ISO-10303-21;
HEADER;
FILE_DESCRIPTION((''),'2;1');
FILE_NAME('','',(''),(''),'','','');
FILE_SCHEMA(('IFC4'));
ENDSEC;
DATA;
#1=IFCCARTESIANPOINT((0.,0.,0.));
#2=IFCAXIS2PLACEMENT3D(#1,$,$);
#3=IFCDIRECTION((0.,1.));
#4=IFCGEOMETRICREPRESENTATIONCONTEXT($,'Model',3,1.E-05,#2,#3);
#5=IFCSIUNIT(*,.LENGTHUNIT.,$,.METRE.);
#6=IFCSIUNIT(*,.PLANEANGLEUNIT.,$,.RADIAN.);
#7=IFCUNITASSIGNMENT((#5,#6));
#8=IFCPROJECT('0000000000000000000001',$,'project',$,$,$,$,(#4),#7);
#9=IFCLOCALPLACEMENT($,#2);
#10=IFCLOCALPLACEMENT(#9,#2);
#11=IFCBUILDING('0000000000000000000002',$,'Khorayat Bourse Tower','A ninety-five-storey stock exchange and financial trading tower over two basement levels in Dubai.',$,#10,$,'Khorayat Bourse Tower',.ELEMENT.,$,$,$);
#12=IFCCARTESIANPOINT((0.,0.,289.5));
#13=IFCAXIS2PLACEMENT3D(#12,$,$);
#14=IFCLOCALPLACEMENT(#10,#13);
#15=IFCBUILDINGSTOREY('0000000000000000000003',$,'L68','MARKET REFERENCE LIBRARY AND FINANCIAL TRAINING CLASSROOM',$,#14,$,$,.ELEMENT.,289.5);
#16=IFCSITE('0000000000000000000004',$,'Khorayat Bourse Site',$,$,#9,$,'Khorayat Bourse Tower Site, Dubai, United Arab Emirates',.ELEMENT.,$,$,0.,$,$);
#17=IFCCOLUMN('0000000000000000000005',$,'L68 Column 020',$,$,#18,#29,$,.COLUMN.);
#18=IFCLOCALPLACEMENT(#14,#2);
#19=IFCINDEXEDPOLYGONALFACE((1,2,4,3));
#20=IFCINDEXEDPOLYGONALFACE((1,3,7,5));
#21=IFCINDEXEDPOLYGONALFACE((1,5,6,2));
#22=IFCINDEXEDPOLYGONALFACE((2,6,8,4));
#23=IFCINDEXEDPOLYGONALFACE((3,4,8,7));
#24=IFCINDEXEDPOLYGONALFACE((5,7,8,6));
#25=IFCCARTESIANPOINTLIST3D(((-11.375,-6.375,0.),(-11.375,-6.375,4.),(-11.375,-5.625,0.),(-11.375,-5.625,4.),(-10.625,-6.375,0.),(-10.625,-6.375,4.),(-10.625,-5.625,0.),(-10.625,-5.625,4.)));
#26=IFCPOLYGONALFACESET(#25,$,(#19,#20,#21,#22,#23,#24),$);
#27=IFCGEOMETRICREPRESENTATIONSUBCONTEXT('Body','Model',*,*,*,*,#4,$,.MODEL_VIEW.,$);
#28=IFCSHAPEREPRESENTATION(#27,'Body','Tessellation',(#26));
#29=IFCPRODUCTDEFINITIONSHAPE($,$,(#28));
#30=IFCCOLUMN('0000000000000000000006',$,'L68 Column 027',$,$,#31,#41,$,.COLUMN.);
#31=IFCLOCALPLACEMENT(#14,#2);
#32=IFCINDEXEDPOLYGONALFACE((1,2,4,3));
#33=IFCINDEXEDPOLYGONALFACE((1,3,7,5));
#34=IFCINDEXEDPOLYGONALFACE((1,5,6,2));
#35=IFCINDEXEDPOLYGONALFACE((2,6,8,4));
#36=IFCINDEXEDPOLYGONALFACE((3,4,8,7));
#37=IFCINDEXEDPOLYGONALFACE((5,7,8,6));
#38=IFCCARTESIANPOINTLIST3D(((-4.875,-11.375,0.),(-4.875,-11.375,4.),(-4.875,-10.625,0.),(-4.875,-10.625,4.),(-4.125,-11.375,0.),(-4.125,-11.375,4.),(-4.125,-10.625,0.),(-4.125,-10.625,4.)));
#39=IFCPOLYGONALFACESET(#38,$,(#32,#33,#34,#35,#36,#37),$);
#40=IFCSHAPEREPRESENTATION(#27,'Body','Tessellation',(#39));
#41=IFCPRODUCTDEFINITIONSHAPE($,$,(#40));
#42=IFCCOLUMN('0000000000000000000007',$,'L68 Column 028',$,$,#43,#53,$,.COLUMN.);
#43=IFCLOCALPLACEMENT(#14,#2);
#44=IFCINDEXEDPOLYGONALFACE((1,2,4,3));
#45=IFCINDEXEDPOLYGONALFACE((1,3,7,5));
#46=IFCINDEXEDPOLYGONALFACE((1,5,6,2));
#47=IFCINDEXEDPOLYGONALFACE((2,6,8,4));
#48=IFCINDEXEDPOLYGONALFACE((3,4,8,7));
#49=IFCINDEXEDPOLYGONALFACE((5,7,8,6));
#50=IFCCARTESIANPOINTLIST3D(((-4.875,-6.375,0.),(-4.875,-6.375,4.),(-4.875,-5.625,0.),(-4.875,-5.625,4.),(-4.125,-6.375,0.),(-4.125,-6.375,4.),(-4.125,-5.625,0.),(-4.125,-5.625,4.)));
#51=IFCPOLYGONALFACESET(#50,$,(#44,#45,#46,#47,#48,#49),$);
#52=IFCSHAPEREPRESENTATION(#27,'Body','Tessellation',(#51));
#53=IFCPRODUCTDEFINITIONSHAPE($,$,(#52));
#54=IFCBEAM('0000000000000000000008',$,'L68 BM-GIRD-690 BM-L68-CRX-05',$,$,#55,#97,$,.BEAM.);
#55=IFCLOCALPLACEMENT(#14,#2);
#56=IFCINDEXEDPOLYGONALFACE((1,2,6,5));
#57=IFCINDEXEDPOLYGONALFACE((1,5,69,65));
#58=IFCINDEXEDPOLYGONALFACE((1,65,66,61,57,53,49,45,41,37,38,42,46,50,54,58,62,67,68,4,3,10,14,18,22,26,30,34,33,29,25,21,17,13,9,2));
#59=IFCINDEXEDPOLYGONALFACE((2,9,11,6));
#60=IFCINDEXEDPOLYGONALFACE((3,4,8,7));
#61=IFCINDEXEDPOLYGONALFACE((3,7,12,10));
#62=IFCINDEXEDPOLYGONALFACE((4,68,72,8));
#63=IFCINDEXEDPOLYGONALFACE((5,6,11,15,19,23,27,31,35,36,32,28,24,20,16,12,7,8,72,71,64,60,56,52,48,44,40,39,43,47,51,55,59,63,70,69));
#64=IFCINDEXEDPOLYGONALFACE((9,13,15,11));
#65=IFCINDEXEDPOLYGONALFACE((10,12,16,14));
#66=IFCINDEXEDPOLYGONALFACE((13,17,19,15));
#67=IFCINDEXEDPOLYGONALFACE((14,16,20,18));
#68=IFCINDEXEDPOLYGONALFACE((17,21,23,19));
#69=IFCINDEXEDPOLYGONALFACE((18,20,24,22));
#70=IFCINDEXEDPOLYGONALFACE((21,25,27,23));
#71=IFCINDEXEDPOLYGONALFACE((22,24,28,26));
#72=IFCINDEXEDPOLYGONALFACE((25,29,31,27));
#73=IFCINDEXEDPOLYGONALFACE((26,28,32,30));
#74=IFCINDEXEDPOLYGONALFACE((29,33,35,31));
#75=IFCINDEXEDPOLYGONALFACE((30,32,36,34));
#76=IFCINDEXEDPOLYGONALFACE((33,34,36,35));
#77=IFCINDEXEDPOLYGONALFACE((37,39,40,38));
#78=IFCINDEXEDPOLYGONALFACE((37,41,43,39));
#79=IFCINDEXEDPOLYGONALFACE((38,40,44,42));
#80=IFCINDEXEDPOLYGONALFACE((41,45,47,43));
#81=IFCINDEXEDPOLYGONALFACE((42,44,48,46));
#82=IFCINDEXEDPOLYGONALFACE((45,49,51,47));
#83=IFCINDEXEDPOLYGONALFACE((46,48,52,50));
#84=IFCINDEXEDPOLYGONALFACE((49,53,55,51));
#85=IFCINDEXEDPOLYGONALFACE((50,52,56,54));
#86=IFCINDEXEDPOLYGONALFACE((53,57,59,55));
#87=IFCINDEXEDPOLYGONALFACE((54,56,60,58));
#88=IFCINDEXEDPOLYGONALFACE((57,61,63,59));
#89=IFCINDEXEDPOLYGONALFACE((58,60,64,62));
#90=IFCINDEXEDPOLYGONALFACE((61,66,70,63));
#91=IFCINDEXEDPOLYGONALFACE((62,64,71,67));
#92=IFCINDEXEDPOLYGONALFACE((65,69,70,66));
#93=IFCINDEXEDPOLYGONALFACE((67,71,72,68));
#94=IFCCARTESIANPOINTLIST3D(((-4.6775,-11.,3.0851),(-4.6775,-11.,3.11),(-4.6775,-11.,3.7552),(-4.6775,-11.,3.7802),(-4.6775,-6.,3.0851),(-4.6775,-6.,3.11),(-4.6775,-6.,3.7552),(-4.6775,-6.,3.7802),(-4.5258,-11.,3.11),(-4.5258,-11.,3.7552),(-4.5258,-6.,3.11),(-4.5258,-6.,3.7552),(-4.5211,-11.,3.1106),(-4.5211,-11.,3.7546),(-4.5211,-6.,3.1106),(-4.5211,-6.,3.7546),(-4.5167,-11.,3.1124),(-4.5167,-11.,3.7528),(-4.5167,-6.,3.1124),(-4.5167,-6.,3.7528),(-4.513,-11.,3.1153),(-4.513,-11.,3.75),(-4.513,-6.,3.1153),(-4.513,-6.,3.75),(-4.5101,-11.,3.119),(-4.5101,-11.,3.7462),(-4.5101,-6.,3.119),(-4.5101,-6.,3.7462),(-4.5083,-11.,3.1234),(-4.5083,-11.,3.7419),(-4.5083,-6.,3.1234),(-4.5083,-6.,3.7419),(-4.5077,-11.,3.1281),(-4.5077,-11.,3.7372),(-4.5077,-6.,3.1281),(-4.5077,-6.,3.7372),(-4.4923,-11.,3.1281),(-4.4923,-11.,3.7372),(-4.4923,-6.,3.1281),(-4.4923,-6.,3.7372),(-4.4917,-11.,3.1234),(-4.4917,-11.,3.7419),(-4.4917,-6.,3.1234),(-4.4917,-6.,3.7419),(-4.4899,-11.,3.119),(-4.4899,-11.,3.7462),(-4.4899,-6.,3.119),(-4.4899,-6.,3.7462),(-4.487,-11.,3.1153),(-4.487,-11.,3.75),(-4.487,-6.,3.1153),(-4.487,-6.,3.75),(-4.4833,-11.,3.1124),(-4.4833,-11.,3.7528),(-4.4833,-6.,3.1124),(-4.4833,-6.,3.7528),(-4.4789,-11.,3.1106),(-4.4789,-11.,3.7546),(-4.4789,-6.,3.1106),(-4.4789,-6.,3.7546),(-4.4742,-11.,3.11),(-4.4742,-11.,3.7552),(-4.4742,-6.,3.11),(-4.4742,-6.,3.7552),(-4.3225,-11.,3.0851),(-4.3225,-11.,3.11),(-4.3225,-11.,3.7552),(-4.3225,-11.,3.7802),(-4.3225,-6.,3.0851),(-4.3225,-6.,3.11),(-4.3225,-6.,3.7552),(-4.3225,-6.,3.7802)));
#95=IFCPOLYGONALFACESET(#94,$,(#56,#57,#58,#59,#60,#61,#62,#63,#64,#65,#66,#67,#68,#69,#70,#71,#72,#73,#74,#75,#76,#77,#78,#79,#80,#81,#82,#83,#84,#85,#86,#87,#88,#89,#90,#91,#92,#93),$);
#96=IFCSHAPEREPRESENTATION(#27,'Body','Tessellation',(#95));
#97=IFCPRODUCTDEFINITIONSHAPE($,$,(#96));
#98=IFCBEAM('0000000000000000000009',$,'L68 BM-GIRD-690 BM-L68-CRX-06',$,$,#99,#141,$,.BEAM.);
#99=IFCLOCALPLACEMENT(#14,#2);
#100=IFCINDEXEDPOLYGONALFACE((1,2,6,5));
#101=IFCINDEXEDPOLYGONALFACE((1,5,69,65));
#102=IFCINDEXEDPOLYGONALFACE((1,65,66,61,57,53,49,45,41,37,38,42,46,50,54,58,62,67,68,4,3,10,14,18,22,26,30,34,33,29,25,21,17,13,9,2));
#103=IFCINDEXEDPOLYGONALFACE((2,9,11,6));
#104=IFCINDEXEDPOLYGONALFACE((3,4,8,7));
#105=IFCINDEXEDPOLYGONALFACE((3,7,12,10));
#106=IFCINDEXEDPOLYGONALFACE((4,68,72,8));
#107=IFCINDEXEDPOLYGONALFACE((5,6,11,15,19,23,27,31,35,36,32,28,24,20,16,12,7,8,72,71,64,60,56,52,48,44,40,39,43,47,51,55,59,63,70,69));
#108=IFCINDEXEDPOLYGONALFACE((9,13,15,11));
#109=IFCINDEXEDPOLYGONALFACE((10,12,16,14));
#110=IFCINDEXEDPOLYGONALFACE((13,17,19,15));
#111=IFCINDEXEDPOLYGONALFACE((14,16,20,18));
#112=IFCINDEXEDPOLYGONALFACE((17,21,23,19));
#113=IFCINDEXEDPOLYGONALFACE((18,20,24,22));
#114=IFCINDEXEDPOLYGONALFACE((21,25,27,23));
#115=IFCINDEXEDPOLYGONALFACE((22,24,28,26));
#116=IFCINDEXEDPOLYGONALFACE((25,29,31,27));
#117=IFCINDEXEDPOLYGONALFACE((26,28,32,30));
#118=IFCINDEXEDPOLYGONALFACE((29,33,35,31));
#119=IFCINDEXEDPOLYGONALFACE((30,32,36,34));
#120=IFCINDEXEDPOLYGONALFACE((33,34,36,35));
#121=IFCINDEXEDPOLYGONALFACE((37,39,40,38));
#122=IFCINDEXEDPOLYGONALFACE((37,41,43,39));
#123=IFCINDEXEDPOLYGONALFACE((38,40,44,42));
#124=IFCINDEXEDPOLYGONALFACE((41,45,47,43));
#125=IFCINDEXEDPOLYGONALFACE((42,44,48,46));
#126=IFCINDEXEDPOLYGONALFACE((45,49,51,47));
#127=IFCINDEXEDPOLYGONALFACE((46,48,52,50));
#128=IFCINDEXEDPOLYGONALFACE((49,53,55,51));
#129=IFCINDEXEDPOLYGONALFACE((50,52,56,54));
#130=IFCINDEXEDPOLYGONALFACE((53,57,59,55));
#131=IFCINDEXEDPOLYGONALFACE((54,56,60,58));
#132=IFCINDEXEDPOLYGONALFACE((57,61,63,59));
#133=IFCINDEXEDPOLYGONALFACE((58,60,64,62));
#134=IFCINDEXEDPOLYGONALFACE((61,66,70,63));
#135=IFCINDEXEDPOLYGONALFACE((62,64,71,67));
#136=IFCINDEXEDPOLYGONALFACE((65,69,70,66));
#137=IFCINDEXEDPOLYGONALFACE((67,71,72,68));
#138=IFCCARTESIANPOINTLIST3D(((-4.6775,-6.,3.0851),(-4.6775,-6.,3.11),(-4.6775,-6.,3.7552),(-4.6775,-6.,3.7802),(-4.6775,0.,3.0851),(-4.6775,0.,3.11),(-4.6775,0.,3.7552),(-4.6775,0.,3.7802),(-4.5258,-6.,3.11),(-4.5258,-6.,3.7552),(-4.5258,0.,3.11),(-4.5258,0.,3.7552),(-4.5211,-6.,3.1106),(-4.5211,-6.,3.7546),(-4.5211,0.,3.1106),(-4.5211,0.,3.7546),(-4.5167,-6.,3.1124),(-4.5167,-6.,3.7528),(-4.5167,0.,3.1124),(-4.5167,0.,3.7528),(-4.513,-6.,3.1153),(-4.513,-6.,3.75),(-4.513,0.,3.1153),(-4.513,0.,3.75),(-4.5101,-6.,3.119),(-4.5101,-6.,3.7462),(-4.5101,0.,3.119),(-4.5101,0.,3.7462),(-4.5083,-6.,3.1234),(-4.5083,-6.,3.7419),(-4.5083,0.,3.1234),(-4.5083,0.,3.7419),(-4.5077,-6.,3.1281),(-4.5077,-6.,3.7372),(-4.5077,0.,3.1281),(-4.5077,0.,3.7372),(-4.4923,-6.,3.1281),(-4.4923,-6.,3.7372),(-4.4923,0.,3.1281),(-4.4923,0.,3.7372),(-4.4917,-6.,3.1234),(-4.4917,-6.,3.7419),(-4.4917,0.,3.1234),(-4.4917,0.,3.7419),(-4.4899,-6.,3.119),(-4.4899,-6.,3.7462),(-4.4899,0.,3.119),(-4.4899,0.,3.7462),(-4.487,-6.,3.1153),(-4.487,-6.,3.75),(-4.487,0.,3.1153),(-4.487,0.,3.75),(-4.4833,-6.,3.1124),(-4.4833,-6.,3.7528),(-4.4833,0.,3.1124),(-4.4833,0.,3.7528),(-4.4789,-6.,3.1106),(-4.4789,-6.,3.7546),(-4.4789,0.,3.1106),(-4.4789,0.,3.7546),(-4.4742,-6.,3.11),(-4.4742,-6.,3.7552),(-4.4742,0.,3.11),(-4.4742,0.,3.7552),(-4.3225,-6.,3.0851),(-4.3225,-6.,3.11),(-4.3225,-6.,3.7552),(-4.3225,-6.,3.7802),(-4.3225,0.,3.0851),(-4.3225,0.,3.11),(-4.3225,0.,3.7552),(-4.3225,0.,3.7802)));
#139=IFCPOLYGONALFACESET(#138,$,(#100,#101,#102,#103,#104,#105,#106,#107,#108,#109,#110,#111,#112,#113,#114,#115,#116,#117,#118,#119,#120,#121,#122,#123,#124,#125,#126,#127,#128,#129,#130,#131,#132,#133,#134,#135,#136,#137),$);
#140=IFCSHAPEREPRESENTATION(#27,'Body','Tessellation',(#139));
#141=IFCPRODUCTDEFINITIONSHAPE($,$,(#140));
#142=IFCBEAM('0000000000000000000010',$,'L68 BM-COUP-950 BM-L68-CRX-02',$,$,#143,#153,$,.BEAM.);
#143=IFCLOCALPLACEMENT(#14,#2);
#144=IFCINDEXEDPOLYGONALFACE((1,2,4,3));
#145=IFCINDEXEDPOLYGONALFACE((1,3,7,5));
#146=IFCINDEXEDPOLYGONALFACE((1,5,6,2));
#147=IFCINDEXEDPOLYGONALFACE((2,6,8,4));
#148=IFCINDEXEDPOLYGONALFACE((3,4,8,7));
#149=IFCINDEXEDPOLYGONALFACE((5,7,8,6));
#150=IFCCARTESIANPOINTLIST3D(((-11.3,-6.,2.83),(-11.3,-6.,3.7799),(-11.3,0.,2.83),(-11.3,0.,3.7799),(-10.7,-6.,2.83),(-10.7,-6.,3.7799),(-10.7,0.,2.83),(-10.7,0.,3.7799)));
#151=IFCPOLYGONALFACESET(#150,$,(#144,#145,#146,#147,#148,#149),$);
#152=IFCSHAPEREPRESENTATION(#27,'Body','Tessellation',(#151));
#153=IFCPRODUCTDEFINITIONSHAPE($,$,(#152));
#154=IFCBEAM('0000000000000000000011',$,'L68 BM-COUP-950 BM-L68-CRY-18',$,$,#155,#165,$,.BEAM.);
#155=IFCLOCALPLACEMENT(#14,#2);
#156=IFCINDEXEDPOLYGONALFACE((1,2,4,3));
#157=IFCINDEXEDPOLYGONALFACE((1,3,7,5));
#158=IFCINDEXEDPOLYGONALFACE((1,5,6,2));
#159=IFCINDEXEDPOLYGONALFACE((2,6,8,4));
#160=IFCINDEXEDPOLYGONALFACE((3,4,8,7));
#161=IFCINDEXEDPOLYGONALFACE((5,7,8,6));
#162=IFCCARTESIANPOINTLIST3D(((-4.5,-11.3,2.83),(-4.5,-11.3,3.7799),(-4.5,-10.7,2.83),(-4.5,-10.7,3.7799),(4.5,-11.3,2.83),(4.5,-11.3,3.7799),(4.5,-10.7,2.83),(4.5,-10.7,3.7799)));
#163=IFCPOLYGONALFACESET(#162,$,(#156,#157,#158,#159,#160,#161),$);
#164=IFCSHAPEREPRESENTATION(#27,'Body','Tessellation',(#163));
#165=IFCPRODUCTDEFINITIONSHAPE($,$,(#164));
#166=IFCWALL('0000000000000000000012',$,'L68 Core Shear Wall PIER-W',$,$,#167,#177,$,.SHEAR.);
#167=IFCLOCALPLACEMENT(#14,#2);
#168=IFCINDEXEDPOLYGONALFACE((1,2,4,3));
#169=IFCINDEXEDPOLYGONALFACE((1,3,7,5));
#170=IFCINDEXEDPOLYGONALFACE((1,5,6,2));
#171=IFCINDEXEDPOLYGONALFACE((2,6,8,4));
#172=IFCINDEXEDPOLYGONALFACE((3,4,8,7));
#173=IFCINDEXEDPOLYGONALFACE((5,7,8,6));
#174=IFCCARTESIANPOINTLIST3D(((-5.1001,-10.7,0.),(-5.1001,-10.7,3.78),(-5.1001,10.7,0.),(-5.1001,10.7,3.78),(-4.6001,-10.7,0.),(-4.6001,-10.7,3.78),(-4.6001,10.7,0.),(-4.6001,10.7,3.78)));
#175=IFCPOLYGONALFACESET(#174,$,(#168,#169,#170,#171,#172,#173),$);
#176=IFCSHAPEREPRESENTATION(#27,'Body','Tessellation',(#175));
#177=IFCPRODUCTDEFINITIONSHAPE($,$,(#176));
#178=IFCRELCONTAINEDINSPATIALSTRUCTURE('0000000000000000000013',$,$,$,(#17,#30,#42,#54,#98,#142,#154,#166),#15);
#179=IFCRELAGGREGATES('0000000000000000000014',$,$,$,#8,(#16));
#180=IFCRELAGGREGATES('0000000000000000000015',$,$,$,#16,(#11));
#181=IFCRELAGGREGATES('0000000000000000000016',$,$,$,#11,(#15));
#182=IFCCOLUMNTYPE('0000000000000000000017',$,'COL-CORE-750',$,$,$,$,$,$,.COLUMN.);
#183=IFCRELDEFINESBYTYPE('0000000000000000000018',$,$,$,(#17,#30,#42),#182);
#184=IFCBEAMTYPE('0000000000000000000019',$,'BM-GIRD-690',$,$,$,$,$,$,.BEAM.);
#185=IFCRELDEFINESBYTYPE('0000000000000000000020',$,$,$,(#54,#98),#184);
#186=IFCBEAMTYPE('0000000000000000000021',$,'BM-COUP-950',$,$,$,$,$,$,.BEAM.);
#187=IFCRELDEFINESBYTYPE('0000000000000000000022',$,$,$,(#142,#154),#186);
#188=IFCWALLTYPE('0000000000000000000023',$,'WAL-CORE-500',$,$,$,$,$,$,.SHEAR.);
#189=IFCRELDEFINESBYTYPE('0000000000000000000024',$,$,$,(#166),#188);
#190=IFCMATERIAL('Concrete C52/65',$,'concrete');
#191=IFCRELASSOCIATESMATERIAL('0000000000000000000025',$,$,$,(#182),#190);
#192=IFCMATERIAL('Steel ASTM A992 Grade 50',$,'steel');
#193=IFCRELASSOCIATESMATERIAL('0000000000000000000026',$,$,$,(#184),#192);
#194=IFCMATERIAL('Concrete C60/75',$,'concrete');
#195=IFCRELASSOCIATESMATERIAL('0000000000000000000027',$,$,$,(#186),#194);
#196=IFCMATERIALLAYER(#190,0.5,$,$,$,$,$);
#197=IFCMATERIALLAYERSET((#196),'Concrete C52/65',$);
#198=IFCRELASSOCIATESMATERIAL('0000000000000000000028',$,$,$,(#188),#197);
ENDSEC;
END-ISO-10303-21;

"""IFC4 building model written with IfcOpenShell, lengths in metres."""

from ifc_helpers import new_model, si_unit, direction, frame, frame_2d, origin, origin_2d, place, context, subcontext, project, spatial, rectangle, i_section, extrude, source, transform, mapped, material, layer, layer_set, material_profile, profile_set, type_object, element, save


model = new_model("IFC4")

# Units and contexts
model_context = context("Model", 3, precision=1e-05, world=origin(), true_north=direction((0.0, 1.0)))
body_context = subcontext(model_context, "Body", "Model", "MODEL_VIEW")
ifc_project = project(units=[si_unit("LENGTHUNIT", "METRE"), si_unit("PLANEANGLEUNIT", "RADIAN")], contexts=[model_context])

# Site, building, storey
site_placement = place(None, origin())
site = spatial("IfcSite", under=ifc_project, at=site_placement, Name="Khorayat Bourse Site", LongName="Khorayat Bourse Tower Site, Dubai, United Arab Emirates", CompositionType="ELEMENT", RefElevation=0.0)
building_placement = place(site_placement, origin())
building = spatial("IfcBuilding", under=site, at=building_placement, Name="Khorayat Bourse Tower", Description="A ninety-five-storey stock exchange and financial trading tower over two basement levels in Dubai.", LongName="Khorayat Bourse Tower", CompositionType="ELEMENT")
storey_placement = place(building_placement, frame((0.0, 0.0, 289.5)))
storey = spatial("IfcBuildingStorey", under=building, at=storey_placement, Name="L68", Description="MARKET REFERENCE LIBRARY AND FINANCIAL TRAINING CLASSROOM", CompositionType="ELEMENT", Elevation=289.5)

# Columns
ifc_material_1 = material(Name="Concrete C52/65", Category="concrete")
ifc_material_profile_1 = material_profile(ifc_material_1, rectangle(XDim=0.75, YDim=0.75, at=origin_2d()), Name="RC 750x750")
ifc_profile_set_1 = profile_set([ifc_material_profile_1], Name="Concrete C52/65")
column_type = type_object("IfcColumnType", Name="COL-CORE-750", PredefinedType="COLUMN", material=ifc_profile_set_1)
shared_shape_1 = source(origin(), body_context, "Body", "SweptSolid", [
    extrude(rectangle(XDim=0.75, YDim=0.75, at=origin_2d()), origin(), (0.0, 0.0, 1.0), 4.0),
])
for number, where, z_axis, x_axis, name in (
    (1, (-11.0, -6.0, 0.0), (0.0, 0.0, 1.0), (1.0, 0.0, 0.0), "L68 Column 020"),
    (2, (-4.5, -11.0, 0.0), (0.0, 0.0, 1.0), (1.0, 0.0, 0.0), "L68 Column 027"),
    (3, (-4.5, -6.0, 0.0), (0.0, 0.0, 1.0), (1.0, 0.0, 0.0), "L68 Column 028"),
):
    element("IfcColumn", number, at=place(storey_placement, frame(where, z_axis=z_axis, x_axis=x_axis)), inside=storey, type_object=column_type, Name=name, PredefinedType="COLUMN", context=body_context, shape_type="MappedRepresentation", body=[
        mapped(shared_shape_1, transform((0.0, 0.0, 0.0), scale=1.0)),
    ])

# Beams
ifc_material_2 = material(Name="Steel ASTM A992 Grade 50", Category="steel")
ifc_material_profile_2 = material_profile(ifc_material_2, i_section(OverallWidth=0.355, OverallDepth=0.6951, WebThickness=0.0154, FlangeThickness=0.0249, FilletRadius=0.0181, at=origin_2d()), Name="W690X217")
ifc_profile_set_2 = profile_set([ifc_material_profile_2], Name="Steel ASTM A992 Grade 50")
beam_type_1 = type_object("IfcBeamType", Name="BM-GIRD-690", PredefinedType="BEAM", material=ifc_profile_set_2)
shared_shape_2 = source(origin(), body_context, "Body", "SweptSolid", [
    extrude(i_section(OverallWidth=0.355, OverallDepth=0.6951, WebThickness=0.0154, FlangeThickness=0.0249, FilletRadius=0.0181, at=origin_2d()), origin(), (0.0, 0.0, 1.0), 5.0),
])
beam_1_placement = place(storey_placement, frame((-4.5, -11.0, 3.4326), z_axis=(0.0, 1.0, 0.0), x_axis=(-1.0, 0.0, 0.0)))
element("IfcBeam", 4, at=beam_1_placement, inside=storey, type_object=beam_type_1, Name="L68 BM-GIRD-690 BM-L68-CRX-05", PredefinedType="BEAM", context=body_context, shape_type="MappedRepresentation", body=[
    mapped(shared_shape_2, transform((0.0, 0.0, 0.0), scale=1.0)),
])
shared_shape_3 = source(origin(), body_context, "Body", "SweptSolid", [
    extrude(i_section(OverallWidth=0.355, OverallDepth=0.6951, WebThickness=0.0154, FlangeThickness=0.0249, FilletRadius=0.0181, at=origin_2d()), origin(), (0.0, 0.0, 1.0), 6.0),
])
beam_2_placement = place(storey_placement, frame((-4.5, -6.0, 3.4326), z_axis=(0.0, 1.0, 0.0), x_axis=(-1.0, 0.0, 0.0)))
element("IfcBeam", 5, at=beam_2_placement, inside=storey, type_object=beam_type_1, Name="L68 BM-GIRD-690 BM-L68-CRX-06", PredefinedType="BEAM", context=body_context, shape_type="MappedRepresentation", body=[
    mapped(shared_shape_3, transform((0.0, 0.0, 0.0), scale=1.0)),
])
ifc_material_3 = material(Name="Concrete C60/75", Category="concrete")
ifc_material_profile_3 = material_profile(ifc_material_3, rectangle(XDim=0.6001, YDim=0.95, at=origin_2d()), Name="RC 600x950")
ifc_profile_set_3 = profile_set([ifc_material_profile_3], Name="Concrete C60/75")
beam_type_2 = type_object("IfcBeamType", Name="BM-COUP-950", PredefinedType="BEAM", material=ifc_profile_set_3)
shared_shape_4 = source(origin(), body_context, "Body", "SweptSolid", [
    extrude(rectangle(XDim=0.6001, YDim=0.95, at=origin_2d()), origin(), (0.0, 0.0, 1.0), 6.0),
])
beam_3_placement = place(storey_placement, frame((-11.0, -6.0, 3.3049), z_axis=(0.0, 1.0, 0.0), x_axis=(-1.0, 0.0, 0.0)))
element("IfcBeam", 6, at=beam_3_placement, inside=storey, type_object=beam_type_2, Name="L68 BM-COUP-950 BM-L68-CRX-02", PredefinedType="BEAM", context=body_context, shape_type="MappedRepresentation", body=[
    mapped(shared_shape_4, transform((0.0, 0.0, 0.0), scale=1.0)),
])
shared_shape_5 = source(origin(), body_context, "Body", "SweptSolid", [
    extrude(rectangle(XDim=0.6001, YDim=0.95, at=origin_2d()), origin(), (0.0, 0.0, 1.0), 9.0),
])
beam_4_placement = place(storey_placement, frame((-4.5, -11.0, 3.3049), z_axis=(1.0, 0.0, 0.0), x_axis=(0.0, 1.0, 0.0)))
element("IfcBeam", 7, at=beam_4_placement, inside=storey, type_object=beam_type_2, Name="L68 BM-COUP-950 BM-L68-CRY-18", PredefinedType="BEAM", context=body_context, shape_type="MappedRepresentation", body=[
    mapped(shared_shape_5, transform((0.0, 0.0, 0.0), scale=1.0)),
])

# Wall
ifc_layer_1 = layer(ifc_material_1, 0.5)
ifc_layer_set_1 = layer_set([ifc_layer_1], Name="Concrete C52/65")
wall_type_1 = type_object("IfcWallType", Name="WAL-CORE-500", PredefinedType="SHEAR", material=ifc_layer_set_1)
shared_shape_6 = source(origin(), body_context, "Body", "SweptSolid", [
    extrude(rectangle(XDim=21.3999, YDim=0.5, at=frame_2d((10.7, 0.0))), origin(), (0.0, 0.0, 1.0), 3.78),
])
wall_1_placement = place(storey_placement, frame((-4.8501, -10.7, 0.0), z_axis=(0.0, 0.0, 1.0), x_axis=(0.0, 1.0, 0.0)))
element("IfcWall", 8, at=wall_1_placement, inside=storey, type_object=wall_type_1, Name="L68 Core Shear Wall PIER-W", PredefinedType="SHEAR", context=body_context, shape_type="MappedRepresentation", body=[
    mapped(shared_shape_6, transform((0.0, 0.0, 0.0), scale=1.0)),
])

save(model, "model.ifc")
